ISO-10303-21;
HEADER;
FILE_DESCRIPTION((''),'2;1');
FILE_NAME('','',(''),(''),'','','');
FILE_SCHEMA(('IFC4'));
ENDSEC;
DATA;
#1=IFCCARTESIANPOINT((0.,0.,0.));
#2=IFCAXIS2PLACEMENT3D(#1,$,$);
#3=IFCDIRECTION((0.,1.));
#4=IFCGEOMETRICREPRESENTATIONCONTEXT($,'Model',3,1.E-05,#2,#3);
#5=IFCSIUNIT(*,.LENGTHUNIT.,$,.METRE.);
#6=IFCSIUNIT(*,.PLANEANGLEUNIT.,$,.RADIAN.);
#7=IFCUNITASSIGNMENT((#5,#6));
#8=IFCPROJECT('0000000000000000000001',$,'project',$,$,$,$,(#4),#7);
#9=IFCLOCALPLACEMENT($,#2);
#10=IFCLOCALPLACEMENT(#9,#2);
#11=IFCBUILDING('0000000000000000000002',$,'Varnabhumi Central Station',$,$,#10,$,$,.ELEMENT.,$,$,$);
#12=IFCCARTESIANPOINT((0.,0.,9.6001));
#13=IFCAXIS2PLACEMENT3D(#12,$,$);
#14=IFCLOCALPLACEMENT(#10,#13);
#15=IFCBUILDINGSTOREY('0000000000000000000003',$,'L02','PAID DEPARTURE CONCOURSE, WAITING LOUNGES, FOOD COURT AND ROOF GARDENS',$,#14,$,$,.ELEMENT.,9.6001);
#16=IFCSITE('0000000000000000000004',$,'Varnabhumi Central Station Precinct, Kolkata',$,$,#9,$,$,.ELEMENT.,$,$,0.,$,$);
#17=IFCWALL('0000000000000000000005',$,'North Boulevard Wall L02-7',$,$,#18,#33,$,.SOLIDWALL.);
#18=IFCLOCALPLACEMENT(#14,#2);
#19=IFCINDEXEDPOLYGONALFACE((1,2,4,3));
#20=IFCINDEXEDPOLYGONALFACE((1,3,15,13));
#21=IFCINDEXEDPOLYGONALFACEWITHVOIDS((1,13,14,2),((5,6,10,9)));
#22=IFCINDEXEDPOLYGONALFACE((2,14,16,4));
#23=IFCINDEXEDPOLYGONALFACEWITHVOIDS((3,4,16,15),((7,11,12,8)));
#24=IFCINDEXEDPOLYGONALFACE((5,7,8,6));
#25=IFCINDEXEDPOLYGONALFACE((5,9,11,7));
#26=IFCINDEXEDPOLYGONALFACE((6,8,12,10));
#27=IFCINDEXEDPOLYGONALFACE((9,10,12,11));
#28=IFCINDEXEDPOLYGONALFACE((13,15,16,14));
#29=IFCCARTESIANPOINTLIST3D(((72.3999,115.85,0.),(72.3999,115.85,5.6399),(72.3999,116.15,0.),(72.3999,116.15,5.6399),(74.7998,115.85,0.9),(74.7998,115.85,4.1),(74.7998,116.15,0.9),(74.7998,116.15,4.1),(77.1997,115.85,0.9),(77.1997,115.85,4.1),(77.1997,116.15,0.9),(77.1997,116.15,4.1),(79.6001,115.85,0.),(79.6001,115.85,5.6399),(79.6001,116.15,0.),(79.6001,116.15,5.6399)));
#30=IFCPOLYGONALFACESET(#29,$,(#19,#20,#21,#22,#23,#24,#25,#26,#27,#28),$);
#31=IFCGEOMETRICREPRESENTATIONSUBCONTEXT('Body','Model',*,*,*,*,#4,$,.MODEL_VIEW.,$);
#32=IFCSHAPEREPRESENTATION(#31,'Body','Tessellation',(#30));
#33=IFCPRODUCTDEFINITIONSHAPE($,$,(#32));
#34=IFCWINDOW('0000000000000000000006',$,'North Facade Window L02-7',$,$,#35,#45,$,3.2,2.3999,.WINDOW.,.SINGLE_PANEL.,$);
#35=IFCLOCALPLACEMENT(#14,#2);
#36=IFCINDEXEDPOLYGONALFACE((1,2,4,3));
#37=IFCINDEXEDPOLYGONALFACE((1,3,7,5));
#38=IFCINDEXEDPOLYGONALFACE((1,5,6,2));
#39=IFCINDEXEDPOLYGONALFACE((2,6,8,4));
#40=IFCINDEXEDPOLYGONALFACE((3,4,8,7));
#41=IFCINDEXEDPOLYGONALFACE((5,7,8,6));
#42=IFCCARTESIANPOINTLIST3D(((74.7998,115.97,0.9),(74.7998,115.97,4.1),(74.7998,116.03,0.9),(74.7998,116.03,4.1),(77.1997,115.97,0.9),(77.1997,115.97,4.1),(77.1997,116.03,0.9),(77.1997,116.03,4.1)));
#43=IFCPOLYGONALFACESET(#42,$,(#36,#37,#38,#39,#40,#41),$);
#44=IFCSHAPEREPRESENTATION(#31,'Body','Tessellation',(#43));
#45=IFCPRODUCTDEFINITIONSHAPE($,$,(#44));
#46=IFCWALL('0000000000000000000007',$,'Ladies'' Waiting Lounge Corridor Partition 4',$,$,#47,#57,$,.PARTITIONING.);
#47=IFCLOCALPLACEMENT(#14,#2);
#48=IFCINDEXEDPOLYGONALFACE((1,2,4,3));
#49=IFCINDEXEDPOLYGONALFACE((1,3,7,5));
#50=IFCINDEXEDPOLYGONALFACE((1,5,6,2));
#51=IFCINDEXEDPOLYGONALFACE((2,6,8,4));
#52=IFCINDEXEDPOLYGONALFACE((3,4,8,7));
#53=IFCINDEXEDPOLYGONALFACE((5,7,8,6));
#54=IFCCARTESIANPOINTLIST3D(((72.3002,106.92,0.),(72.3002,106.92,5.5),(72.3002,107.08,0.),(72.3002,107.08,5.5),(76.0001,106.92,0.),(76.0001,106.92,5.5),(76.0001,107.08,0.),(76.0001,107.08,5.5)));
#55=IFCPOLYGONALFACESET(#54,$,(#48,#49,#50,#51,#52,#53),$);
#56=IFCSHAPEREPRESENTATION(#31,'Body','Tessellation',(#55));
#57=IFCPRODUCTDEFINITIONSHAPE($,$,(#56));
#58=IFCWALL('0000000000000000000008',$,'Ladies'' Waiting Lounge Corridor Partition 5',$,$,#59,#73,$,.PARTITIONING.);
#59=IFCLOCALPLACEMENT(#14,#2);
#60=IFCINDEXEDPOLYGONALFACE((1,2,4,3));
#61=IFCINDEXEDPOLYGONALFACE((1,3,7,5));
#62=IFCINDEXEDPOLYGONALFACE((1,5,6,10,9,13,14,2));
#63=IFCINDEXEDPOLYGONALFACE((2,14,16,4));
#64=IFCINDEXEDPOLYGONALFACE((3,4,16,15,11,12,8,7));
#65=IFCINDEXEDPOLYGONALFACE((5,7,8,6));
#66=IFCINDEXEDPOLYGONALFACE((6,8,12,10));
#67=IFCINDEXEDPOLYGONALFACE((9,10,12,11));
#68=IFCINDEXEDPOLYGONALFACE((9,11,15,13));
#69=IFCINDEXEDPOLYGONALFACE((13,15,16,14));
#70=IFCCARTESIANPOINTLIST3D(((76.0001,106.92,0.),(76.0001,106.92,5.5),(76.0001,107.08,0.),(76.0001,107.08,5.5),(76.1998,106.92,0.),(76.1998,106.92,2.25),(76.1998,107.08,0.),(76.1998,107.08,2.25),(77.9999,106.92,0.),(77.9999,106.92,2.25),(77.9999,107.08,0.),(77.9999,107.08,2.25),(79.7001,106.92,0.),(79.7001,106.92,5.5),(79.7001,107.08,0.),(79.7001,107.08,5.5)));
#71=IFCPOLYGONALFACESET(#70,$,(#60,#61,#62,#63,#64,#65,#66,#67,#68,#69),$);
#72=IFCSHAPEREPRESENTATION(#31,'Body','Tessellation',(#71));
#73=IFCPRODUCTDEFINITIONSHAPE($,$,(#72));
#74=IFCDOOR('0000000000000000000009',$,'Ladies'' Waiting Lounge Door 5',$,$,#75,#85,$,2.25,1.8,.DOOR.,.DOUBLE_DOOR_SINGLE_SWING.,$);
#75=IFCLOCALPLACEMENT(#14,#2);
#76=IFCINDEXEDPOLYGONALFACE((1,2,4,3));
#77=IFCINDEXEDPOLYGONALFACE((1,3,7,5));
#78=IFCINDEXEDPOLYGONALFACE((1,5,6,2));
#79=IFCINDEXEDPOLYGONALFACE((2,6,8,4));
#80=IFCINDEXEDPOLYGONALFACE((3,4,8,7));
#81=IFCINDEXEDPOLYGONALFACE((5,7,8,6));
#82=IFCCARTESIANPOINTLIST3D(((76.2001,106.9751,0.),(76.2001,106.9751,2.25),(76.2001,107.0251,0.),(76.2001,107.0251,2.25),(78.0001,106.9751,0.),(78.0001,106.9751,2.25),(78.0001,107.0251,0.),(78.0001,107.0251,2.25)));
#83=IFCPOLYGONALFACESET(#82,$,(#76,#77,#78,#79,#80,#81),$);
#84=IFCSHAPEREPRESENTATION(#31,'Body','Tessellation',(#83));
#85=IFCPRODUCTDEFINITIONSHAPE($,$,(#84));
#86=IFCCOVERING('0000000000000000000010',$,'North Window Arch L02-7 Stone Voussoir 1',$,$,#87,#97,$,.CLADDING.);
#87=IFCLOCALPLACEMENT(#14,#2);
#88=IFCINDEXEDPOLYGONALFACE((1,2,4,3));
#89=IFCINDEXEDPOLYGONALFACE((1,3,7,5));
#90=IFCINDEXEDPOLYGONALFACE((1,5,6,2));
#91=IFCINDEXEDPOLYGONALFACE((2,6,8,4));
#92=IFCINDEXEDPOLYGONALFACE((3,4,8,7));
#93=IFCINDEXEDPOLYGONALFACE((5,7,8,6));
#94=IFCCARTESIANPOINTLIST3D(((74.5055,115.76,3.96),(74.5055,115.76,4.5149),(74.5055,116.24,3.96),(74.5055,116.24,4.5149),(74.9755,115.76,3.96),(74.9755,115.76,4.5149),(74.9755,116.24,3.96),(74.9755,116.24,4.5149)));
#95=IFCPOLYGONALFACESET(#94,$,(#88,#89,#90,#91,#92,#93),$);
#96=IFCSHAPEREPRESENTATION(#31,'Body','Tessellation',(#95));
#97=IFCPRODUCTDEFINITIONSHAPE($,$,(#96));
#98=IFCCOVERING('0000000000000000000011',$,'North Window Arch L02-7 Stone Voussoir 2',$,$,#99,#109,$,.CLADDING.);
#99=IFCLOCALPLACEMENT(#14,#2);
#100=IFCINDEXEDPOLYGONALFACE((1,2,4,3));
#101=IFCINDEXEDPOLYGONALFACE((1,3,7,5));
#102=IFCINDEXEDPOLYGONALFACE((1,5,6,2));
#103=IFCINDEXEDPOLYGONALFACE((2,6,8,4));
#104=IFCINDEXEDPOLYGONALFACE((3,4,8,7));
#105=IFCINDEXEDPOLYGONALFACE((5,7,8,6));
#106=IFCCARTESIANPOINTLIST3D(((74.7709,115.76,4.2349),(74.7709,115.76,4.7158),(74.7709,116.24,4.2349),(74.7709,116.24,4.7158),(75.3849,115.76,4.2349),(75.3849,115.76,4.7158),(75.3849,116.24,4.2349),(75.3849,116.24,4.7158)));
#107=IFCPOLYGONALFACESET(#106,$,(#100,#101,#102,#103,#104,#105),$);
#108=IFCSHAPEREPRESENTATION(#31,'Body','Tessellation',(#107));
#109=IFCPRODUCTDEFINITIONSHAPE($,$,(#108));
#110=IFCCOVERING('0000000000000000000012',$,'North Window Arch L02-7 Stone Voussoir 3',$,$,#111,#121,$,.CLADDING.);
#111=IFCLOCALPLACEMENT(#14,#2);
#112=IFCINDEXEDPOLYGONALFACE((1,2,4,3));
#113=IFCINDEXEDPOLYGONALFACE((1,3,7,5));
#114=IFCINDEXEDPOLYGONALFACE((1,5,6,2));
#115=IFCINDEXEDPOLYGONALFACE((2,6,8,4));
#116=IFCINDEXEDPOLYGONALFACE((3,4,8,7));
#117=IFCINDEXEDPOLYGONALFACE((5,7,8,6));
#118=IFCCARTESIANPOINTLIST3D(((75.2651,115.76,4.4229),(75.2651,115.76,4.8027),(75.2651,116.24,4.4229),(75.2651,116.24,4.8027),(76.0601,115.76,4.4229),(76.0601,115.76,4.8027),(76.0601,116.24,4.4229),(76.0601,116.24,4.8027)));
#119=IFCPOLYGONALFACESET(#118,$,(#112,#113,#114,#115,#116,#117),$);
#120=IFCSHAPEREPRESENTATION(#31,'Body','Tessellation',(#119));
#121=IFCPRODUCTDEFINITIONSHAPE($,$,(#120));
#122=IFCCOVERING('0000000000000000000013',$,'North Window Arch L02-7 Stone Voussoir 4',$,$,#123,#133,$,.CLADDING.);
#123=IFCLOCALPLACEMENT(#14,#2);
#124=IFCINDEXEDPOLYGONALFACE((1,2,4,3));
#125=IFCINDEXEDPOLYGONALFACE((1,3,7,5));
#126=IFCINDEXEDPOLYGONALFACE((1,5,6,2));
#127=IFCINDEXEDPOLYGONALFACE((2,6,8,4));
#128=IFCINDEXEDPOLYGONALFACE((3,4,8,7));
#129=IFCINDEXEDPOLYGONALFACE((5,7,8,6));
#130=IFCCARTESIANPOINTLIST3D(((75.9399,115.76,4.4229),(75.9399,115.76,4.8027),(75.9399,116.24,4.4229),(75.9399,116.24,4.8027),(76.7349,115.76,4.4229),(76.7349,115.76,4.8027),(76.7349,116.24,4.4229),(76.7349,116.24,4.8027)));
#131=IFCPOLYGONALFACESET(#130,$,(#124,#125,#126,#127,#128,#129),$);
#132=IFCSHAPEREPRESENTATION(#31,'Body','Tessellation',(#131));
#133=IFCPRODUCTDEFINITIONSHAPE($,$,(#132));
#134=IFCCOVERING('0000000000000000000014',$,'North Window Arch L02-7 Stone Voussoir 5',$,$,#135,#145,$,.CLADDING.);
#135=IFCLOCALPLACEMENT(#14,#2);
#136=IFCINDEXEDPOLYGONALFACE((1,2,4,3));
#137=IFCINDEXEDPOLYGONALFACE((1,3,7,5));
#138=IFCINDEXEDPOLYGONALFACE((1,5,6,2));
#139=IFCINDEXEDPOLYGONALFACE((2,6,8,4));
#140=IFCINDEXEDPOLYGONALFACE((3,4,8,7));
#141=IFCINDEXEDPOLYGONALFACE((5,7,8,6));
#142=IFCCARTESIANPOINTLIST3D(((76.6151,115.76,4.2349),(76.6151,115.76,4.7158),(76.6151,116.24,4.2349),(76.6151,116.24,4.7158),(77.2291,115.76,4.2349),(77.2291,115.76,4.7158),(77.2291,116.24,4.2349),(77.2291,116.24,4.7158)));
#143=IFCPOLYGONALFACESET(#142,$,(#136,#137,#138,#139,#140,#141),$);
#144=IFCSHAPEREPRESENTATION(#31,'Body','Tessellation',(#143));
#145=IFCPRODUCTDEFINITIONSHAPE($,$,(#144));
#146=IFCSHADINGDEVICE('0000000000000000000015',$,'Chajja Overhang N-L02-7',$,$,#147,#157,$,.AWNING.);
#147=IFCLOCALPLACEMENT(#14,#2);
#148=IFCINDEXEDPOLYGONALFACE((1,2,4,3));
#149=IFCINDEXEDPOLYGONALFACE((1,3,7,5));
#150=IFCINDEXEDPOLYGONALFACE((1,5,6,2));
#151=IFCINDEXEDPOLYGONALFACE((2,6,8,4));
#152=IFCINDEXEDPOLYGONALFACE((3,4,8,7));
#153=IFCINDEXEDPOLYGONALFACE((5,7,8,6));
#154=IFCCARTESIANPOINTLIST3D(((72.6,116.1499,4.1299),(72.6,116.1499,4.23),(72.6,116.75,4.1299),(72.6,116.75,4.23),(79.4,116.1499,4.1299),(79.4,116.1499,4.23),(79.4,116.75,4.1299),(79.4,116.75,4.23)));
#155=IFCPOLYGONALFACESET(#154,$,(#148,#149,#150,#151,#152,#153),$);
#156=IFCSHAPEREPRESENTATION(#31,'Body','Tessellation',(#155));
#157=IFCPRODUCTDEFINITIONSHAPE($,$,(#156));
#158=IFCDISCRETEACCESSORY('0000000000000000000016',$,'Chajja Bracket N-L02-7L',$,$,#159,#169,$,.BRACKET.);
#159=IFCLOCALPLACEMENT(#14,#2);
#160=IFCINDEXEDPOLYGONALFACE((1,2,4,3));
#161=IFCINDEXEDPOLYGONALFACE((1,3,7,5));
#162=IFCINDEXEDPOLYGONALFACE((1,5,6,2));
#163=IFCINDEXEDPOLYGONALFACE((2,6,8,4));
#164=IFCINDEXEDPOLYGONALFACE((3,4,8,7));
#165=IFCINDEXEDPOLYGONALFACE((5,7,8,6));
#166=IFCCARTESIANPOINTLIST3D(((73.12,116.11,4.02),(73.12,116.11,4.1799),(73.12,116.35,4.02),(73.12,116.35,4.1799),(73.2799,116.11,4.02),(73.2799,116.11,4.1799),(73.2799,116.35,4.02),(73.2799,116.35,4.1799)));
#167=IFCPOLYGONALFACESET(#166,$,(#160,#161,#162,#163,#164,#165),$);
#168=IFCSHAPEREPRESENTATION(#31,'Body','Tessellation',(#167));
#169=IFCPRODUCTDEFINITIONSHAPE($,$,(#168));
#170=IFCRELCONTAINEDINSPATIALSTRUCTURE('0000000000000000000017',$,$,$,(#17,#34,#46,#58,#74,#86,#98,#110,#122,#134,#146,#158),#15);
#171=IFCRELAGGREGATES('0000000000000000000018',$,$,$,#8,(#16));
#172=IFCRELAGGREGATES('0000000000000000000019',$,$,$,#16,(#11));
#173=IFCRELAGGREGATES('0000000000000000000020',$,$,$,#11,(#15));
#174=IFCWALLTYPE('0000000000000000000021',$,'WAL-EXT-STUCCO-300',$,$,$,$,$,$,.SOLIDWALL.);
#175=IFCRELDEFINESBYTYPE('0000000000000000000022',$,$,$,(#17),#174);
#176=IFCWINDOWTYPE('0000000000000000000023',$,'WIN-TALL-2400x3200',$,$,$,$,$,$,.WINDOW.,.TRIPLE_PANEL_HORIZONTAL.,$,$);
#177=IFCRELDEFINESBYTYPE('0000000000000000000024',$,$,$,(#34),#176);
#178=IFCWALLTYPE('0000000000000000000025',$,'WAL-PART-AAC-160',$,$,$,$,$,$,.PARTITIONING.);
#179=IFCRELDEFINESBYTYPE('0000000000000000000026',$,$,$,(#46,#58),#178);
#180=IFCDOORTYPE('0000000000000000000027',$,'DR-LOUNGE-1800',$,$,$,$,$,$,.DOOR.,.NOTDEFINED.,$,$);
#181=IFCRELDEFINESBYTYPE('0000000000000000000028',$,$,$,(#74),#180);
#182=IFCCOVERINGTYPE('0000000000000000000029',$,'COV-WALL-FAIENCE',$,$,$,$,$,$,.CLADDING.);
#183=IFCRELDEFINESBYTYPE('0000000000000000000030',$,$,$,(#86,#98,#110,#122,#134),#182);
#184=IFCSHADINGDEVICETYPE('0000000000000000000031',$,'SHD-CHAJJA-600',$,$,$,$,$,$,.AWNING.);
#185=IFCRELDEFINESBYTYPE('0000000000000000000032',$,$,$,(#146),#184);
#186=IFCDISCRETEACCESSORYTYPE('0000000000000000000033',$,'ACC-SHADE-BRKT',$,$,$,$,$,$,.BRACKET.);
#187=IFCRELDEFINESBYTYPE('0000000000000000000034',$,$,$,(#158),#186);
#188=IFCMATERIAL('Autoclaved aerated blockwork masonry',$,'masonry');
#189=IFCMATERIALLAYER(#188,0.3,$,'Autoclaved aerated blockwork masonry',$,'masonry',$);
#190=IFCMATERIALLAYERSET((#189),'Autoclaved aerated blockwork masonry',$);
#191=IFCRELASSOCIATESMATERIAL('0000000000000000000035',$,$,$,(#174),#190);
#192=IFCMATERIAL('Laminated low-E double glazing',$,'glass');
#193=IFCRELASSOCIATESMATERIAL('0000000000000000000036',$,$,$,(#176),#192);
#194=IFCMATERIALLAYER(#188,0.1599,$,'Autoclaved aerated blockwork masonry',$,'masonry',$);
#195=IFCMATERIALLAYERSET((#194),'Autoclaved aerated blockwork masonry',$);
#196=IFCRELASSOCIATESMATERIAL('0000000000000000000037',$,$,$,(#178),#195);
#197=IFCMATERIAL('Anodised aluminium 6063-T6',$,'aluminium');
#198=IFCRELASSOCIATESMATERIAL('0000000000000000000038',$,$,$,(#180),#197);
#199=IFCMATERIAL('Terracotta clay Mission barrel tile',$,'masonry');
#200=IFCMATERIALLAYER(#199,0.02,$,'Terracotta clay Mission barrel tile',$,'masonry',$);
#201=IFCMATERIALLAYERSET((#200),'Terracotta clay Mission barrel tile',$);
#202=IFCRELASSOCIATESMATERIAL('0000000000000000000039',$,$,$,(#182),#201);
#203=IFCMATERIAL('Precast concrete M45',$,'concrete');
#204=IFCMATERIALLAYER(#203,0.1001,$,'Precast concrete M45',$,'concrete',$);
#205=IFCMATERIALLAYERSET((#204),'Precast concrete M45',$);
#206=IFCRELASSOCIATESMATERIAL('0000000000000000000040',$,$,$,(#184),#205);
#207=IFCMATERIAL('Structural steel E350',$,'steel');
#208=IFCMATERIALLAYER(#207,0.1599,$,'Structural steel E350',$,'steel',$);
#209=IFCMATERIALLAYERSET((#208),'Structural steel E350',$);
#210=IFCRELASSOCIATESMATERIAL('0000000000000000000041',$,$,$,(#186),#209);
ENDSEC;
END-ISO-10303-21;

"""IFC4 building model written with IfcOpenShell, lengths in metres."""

from ifc_helpers import new_model, si_unit, direction, frame, frame_2d, origin, origin_2d, place, context, subcontext, project, spatial, rectangle, extrude, material, layer, layer_set, type_object, element, fill, save


model = new_model("IFC4")

# Units and contexts
model_context = context("Model", 3, precision=1e-05, world=origin(), true_north=direction((0.0, 1.0)))
body_context = subcontext(model_context, "Body", "Model", "MODEL_VIEW")
ifc_project = project(units=[si_unit("LENGTHUNIT", "METRE"), si_unit("PLANEANGLEUNIT", "RADIAN")], contexts=[model_context])

# Site, building, storey
site_placement = place(None, origin())
site = spatial("IfcSite", under=ifc_project, at=site_placement, Name="Varnabhumi Central Station Precinct, Kolkata", CompositionType="ELEMENT", RefElevation=0.0)
building_placement = place(site_placement, origin())
building = spatial("IfcBuilding", under=site, at=building_placement, Name="Varnabhumi Central Station", CompositionType="ELEMENT")
storey_placement = place(building_placement, frame((0.0, 0.0, 9.6001)))
storey = spatial("IfcBuildingStorey", under=building, at=storey_placement, Name="L02", Description="PAID DEPARTURE CONCOURSE, WAITING LOUNGES, FOOD COURT AND ROOF GARDENS", CompositionType="ELEMENT", Elevation=9.6001)

# Shared definitions
ifc_material_1 = material(Name="Structural steel E350", Category="steel")

# Shared definitions
ifc_material_2 = material(Name="Anodised aluminium 6063-T6", Category="aluminium")
ifc_material_3 = material(Name="Laminated low-E double glazing", Category="glass")

# Wall, opening, window
ifc_material_4 = material(Name="Autoclaved aerated blockwork masonry", Category="masonry")
ifc_layer_1 = layer(ifc_material_4, 0.3, Name="Autoclaved aerated blockwork masonry", Category="masonry")
ifc_layer_set_1 = layer_set([ifc_layer_1], Name="Autoclaved aerated blockwork masonry")
wall_type_1 = type_object("IfcWallType", Name="WAL-EXT-STUCCO-300", PredefinedType="SOLIDWALL", material=ifc_layer_set_1)
wall_1_placement = place(storey_placement, frame((72.3999, 116.0, 0.0), z_axis=(0.0, 0.0, 1.0), x_axis=(1.0, 0.0, 0.0)))
wall_1 = element("IfcWall", 1, at=wall_1_placement, inside=storey, type_object=wall_type_1, Name="North Boulevard Wall L02-7", PredefinedType="SOLIDWALL", context=body_context, shape_type="SweptSolid", body=[
    extrude(rectangle(XDim=7.2002, YDim=0.3, at=frame_2d((3.6001, 0.0))), origin(), (0.0, 0.0, 1.0), 5.6399),
])
opening_1_placement = place(wall_1_placement, frame((2.3999, 0.0, 0.8999)))
opening_1 = element("IfcOpeningElement", 2, at=opening_1_placement, cuts=wall_1, PredefinedType="OPENING", context=body_context, shape_type="SweptSolid", body=[
    extrude(rectangle(XDim=2.3999, YDim=3.2, at=frame_2d((1.2, 1.6001))), frame((0.0, 0.1599, 0.0), z_axis=(0.0, -1.0, 0.0), x_axis=(1.0, 0.0, 0.0)), (0.0, 0.0, 1.0), 0.3201),
])
window_type = type_object("IfcWindowType", Name="WIN-TALL-2400x3200", PartitioningType="TRIPLE_PANEL_HORIZONTAL", PredefinedType="WINDOW", material=ifc_material_3)
window_placement = place(opening_1_placement, origin())
window = element("IfcWindow", 3, at=window_placement, inside=storey, type_object=window_type, Name="North Facade Window L02-7", OverallHeight=3.2, OverallWidth=2.3999, PartitioningType="SINGLE_PANEL", PredefinedType="WINDOW", context=body_context, shape_type="SweptSolid", body=[
    extrude(rectangle(XDim=2.3999, YDim=3.2, at=frame_2d((1.2, 1.6001))), frame((0.0, 0.03, 0.0), z_axis=(0.0, -1.0, 0.0), x_axis=(1.0, 0.0, 0.0)), (0.0, 0.0, 1.0), 0.0601),
])
fill(opening_1, window)

# Wall
ifc_layer_2 = layer(ifc_material_4, 0.1599, Name="Autoclaved aerated blockwork masonry", Category="masonry")
ifc_layer_set_2 = layer_set([ifc_layer_2], Name="Autoclaved aerated blockwork masonry")
wall_type_2 = type_object("IfcWallType", Name="WAL-PART-AAC-160", PredefinedType="PARTITIONING", material=ifc_layer_set_2)
wall_2_placement = place(storey_placement, frame((72.3, 107.0, 0.0), z_axis=(0.0, 0.0, 1.0), x_axis=(1.0, 0.0, 0.0)))
element("IfcWall", 4, at=wall_2_placement, inside=storey, type_object=wall_type_2, Name="Ladies' Waiting Lounge Corridor Partition 4", PredefinedType="PARTITIONING", context=body_context, shape_type="SweptSolid", body=[
    extrude(rectangle(XDim=3.7, YDim=0.1599, at=frame_2d((1.8501, 0.0))), origin(), (0.0, 0.0, 1.0), 5.5),
])

# Wall, opening, door
wall_3_placement = place(storey_placement, frame((76.0, 107.0, 0.0), z_axis=(0.0, 0.0, 1.0), x_axis=(1.0, 0.0, 0.0)))
wall_3 = element("IfcWall", 5, at=wall_3_placement, inside=storey, type_object=wall_type_2, Name="Ladies' Waiting Lounge Corridor Partition 5", PredefinedType="PARTITIONING", context=body_context, shape_type="SweptSolid", body=[
    extrude(rectangle(XDim=3.7, YDim=0.1599, at=frame_2d((1.8501, 0.0))), origin(), (0.0, 0.0, 1.0), 5.5),
])
opening_2_placement = place(wall_3_placement, frame((0.2, 0.0, 0.0)))
opening_2 = element("IfcOpeningElement", 6, at=opening_2_placement, cuts=wall_3, PredefinedType="OPENING", context=body_context, shape_type="SweptSolid", body=[
    extrude(rectangle(XDim=1.8, YDim=2.25, at=frame_2d((0.8999, 1.125))), frame((0.0, 0.0898, 0.0), z_axis=(0.0, -1.0, 0.0), x_axis=(1.0, 0.0, 0.0)), (0.0, 0.0, 1.0), 0.1799),
])
door_type = type_object("IfcDoorType", Name="DR-LOUNGE-1800", OperationType="NOTDEFINED", PredefinedType="DOOR", material=ifc_material_2)
door_placement = place(opening_2_placement, frame((1.8, 0.0, 0.0), z_axis=(0.0, 0.0, 1.0), x_axis=(-1.0, 0.0, 0.0)))
door = element("IfcDoor", 7, at=door_placement, inside=storey, type_object=door_type, Name="Ladies' Waiting Lounge Door 5", OperationType="DOUBLE_DOOR_SINGLE_SWING", OverallHeight=2.25, OverallWidth=1.8, PredefinedType="DOOR", context=body_context, shape_type="SweptSolid", body=[
    extrude(rectangle(XDim=1.8, YDim=2.25, at=frame_2d((0.8999, 1.125))), frame((0.0, 0.0249, 0.0), z_axis=(0.0, -1.0, 0.0), x_axis=(1.0, 0.0, 0.0)), (0.0, 0.0, 1.0), 0.05),
])
fill(opening_2, door)

# Coverings
ifc_material_5 = material(Name="Terracotta clay Mission barrel tile", Category="masonry")
ifc_layer_3 = layer(ifc_material_5, 0.02, Name="Terracotta clay Mission barrel tile", Category="masonry")
ifc_layer_set_3 = layer_set([ifc_layer_3], Name="Terracotta clay Mission barrel tile")
covering_type = type_object("IfcCoveringType", Name="COV-WALL-FAIENCE", PredefinedType="CLADDING", material=ifc_layer_set_3)
covering_1_placement = place(storey_placement, frame((74.7405, 116.0, 3.96), z_axis=(0.0, 0.0, 1.0), x_axis=(1.0, 0.0, 0.0)))
element("IfcCovering", 8, at=covering_1_placement, inside=storey, type_object=covering_type, Name="North Window Arch L02-7 Stone Voussoir 1", PredefinedType="CLADDING", context=body_context, shape_type="SweptSolid", body=[
    extrude(rectangle(XDim=0.47, YDim=0.48, at=origin_2d()), origin(), (0.0, 0.0, 1.0), 0.5549),
])
covering_2_placement = place(storey_placement, frame((75.0779, 116.0, 4.2349), z_axis=(0.0, 0.0, 1.0), x_axis=(1.0, 0.0, 0.0)))
element("IfcCovering", 9, at=covering_2_placement, inside=storey, type_object=covering_type, Name="North Window Arch L02-7 Stone Voussoir 2", PredefinedType="CLADDING", context=body_context, shape_type="SweptSolid", body=[
    extrude(rectangle(XDim=0.614, YDim=0.48, at=origin_2d()), origin(), (0.0, 0.0, 1.0), 0.481),
])
for number, where, z_axis, x_axis, name in (
    (10, (75.6626, 116.0, 4.4229), (0.0, 0.0, 1.0), (1.0, 0.0, 0.0), "North Window Arch L02-7 Stone Voussoir 3"),
    (11, (76.3374, 116.0, 4.4229), (0.0, 0.0, 1.0), (1.0, 0.0, 0.0), "North Window Arch L02-7 Stone Voussoir 4"),
):
    element("IfcCovering", number, at=place(storey_placement, frame(where, z_axis=z_axis, x_axis=x_axis)), inside=storey, type_object=covering_type, Name=name, PredefinedType="CLADDING", context=body_context, shape_type="SweptSolid", body=[
        extrude(rectangle(XDim=0.7949, YDim=0.48, at=origin_2d()), origin(), (0.0, 0.0, 1.0), 0.3799),
    ])
covering_3_placement = place(storey_placement, frame((76.9221, 116.0, 4.2349), z_axis=(0.0, 0.0, 1.0), x_axis=(1.0, 0.0, 0.0)))
element("IfcCovering", 12, at=covering_3_placement, inside=storey, type_object=covering_type, Name="North Window Arch L02-7 Stone Voussoir 5", PredefinedType="CLADDING", context=body_context, shape_type="SweptSolid", body=[
    extrude(rectangle(XDim=0.614, YDim=0.48, at=origin_2d()), origin(), (0.0, 0.0, 1.0), 0.481),
])

# Shading device
ifc_material_6 = material(Name="Precast concrete M45", Category="concrete")
ifc_layer_4 = layer(ifc_material_6, 0.1001, Name="Precast concrete M45", Category="concrete")
ifc_layer_set_4 = layer_set([ifc_layer_4], Name="Precast concrete M45")
shading_device_type = type_object("IfcShadingDeviceType", Name="SHD-CHAJJA-600", PredefinedType="AWNING", material=ifc_layer_set_4)
shading_device_placement = place(storey_placement, frame((76.0, 116.45, 4.1299), z_axis=(0.0, 0.0, 1.0), x_axis=(1.0, 0.0, 0.0)))
element("IfcShadingDevice", 13, at=shading_device_placement, inside=storey, type_object=shading_device_type, Name="Chajja Overhang N-L02-7", PredefinedType="AWNING", context=body_context, shape_type="SweptSolid", body=[
    extrude(rectangle(XDim=6.8, YDim=0.6001, at=origin_2d()), origin(), (0.0, 0.0, 1.0), 0.1001),
])

# Discrete accessory
ifc_layer_5 = layer(ifc_material_1, 0.1599, Name="Structural steel E350", Category="steel")
ifc_layer_set_5 = layer_set([ifc_layer_5], Name="Structural steel E350")
discrete_accessory_type = type_object("IfcDiscreteAccessoryType", Name="ACC-SHADE-BRKT", PredefinedType="BRACKET", material=ifc_layer_set_5)
discrete_accessory_1_placement = place(storey_placement, frame((73.2, 116.23, 4.02), z_axis=(0.0, 0.0, 1.0), x_axis=(1.0, 0.0, 0.0)))
element("IfcDiscreteAccessory", 14, at=discrete_accessory_1_placement, inside=storey, type_object=discrete_accessory_type, Name="Chajja Bracket N-L02-7L", PredefinedType="BRACKET", context=body_context, shape_type="SweptSolid", body=[
    extrude(rectangle(XDim=0.1599, YDim=0.24, at=origin_2d()), origin(), (0.0, 0.0, 1.0), 0.1599),
])

save(model, "model.ifc")
